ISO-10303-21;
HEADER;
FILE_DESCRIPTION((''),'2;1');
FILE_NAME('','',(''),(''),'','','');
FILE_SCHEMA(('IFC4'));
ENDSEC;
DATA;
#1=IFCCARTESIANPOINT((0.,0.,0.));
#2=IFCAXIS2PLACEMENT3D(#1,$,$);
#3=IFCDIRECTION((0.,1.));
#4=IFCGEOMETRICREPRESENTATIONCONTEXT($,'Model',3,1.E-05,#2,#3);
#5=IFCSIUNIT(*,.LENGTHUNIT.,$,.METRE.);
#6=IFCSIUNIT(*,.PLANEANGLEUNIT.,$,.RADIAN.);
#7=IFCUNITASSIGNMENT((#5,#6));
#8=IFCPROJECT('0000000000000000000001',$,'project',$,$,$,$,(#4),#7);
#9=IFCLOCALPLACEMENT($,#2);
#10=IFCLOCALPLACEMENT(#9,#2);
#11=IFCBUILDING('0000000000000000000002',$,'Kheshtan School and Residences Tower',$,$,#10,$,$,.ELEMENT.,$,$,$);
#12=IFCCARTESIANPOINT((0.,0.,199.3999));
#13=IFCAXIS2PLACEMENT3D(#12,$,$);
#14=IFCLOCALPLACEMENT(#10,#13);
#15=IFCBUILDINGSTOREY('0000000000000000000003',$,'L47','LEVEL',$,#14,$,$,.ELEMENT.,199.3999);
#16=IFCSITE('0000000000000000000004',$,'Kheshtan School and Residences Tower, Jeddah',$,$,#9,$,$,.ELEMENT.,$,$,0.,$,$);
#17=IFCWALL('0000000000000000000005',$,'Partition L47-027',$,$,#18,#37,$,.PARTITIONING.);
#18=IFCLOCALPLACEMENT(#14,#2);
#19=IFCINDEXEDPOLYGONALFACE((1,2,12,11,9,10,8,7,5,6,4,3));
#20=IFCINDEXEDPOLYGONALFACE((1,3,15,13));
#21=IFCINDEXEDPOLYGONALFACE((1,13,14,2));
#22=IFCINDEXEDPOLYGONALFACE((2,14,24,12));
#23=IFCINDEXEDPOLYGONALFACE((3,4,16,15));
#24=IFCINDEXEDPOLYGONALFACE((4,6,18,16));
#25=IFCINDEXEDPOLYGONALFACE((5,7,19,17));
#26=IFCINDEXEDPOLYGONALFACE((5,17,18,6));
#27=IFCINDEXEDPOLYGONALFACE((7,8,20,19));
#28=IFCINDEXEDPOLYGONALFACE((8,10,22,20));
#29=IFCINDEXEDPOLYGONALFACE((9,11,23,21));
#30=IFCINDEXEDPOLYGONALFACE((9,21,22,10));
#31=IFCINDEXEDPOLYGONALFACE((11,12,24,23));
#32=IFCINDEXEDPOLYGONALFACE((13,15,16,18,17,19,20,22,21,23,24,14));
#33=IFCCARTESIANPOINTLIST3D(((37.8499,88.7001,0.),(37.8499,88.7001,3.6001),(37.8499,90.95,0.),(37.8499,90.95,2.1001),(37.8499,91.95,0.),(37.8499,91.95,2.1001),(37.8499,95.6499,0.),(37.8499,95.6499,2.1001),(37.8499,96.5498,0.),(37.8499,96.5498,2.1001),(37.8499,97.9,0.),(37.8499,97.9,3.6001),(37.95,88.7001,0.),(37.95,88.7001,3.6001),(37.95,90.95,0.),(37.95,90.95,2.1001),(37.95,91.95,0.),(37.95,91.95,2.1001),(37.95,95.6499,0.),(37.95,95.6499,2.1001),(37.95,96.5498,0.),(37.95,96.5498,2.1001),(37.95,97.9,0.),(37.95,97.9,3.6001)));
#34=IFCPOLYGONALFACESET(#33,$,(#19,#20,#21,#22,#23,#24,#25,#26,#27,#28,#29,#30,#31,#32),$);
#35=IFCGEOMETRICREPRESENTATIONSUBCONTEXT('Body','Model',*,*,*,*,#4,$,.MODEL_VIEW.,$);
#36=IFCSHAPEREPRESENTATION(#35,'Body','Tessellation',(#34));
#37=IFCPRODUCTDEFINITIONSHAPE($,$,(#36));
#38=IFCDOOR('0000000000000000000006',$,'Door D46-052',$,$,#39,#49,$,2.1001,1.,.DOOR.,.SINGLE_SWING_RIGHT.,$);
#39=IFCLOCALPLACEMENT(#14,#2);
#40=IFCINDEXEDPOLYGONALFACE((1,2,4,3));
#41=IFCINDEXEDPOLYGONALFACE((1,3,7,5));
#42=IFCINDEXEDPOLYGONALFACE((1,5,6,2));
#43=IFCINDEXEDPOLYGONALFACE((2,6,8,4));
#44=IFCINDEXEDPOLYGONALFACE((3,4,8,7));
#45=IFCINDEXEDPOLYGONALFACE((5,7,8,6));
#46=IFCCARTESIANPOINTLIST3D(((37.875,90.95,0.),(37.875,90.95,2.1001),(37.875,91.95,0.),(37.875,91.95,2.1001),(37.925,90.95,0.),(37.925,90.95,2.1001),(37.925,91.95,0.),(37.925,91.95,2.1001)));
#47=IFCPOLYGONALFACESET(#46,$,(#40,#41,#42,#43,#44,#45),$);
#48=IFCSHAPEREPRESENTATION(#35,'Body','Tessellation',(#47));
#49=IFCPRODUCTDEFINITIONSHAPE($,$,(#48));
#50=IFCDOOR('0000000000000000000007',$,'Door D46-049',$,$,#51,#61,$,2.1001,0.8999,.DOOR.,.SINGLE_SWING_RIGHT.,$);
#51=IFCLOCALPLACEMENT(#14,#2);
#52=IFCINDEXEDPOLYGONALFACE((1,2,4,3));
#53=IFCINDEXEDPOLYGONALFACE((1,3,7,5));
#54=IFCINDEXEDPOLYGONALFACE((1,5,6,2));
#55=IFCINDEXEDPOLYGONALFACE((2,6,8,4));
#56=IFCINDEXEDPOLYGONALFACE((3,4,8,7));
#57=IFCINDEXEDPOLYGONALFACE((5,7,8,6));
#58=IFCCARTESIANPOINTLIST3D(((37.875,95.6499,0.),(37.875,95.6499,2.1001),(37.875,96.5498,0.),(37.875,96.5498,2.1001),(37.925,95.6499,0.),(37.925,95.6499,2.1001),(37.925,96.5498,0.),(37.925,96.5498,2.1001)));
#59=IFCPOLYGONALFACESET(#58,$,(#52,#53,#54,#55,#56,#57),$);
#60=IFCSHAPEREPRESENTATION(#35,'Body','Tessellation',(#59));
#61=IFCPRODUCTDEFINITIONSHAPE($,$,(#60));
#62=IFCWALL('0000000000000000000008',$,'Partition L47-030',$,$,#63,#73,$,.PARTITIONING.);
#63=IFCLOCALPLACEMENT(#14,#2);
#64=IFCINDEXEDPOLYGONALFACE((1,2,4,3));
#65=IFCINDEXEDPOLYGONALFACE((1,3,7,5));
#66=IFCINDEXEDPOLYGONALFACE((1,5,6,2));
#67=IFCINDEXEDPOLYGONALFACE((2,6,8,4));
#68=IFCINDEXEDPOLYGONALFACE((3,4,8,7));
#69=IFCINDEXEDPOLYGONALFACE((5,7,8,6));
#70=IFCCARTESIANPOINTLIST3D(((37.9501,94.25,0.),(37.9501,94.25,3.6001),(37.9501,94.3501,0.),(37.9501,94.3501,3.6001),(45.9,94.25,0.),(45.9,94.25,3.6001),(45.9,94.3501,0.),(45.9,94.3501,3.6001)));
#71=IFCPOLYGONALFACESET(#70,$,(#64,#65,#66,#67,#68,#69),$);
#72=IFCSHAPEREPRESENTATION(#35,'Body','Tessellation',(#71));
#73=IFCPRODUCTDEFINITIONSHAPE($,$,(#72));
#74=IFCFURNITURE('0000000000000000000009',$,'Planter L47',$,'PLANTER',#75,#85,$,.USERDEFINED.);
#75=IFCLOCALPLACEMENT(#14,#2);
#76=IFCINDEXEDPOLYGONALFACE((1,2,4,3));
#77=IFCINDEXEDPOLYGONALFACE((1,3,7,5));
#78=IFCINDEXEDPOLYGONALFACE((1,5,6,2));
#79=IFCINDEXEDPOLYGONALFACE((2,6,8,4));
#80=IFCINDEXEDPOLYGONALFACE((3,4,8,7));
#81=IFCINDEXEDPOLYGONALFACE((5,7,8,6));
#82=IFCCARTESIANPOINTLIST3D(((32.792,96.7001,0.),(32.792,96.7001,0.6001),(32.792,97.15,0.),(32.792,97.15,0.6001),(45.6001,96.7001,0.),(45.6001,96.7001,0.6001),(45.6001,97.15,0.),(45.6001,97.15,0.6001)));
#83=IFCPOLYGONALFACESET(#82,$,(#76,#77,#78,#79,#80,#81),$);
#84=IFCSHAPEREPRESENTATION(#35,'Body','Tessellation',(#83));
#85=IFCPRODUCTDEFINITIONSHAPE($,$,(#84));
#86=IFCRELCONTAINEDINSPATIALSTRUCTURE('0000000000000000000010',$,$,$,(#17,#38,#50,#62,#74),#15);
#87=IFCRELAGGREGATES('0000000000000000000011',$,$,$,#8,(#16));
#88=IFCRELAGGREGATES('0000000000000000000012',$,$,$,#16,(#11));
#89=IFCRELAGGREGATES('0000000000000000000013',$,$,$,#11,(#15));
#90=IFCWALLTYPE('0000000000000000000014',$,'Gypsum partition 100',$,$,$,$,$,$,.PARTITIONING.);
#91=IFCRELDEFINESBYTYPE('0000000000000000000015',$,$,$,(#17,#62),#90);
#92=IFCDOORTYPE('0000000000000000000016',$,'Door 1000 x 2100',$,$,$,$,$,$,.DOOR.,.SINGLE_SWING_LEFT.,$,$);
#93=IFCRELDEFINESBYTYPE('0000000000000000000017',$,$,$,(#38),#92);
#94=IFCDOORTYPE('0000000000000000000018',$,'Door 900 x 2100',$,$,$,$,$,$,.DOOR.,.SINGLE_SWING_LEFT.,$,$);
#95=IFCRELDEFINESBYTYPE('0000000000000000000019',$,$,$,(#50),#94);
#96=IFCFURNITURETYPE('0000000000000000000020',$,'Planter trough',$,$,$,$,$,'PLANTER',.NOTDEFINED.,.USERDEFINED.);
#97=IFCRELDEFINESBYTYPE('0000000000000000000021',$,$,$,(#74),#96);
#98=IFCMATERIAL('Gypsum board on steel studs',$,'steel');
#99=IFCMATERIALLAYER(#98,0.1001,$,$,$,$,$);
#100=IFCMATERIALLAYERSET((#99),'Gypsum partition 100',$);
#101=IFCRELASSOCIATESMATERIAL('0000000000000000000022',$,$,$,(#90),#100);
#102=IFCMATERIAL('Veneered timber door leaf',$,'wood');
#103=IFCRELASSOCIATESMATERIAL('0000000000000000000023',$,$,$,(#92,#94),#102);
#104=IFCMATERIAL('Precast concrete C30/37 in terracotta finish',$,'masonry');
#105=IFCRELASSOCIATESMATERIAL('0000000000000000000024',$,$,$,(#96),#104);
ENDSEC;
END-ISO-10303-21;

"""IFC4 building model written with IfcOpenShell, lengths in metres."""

from ifc_helpers import new_model, si_unit, direction, frame, frame_2d, origin, origin_2d, place, context, subcontext, project, spatial, rectangle, extrude, source, transform, mapped, material, layer, layer_set, type_object, element, fill, save


model = new_model("IFC4")

# Units and contexts
model_context = context("Model", 3, precision=1e-05, world=origin(), true_north=direction((0.0, 1.0)))
body_context = subcontext(model_context, "Body", "Model", "MODEL_VIEW")
ifc_project = project(units=[si_unit("LENGTHUNIT", "METRE"), si_unit("PLANEANGLEUNIT", "RADIAN")], contexts=[model_context])

# Site, building, storey
site_placement = place(None, origin())
site = spatial("IfcSite", under=ifc_project, at=site_placement, Name="Kheshtan School and Residences Tower, Jeddah", CompositionType="ELEMENT", RefElevation=0.0)
building_placement = place(site_placement, origin())
building = spatial("IfcBuilding", under=site, at=building_placement, Name="Kheshtan School and Residences Tower", CompositionType="ELEMENT")
storey_placement = place(building_placement, frame((0.0, 0.0, 199.3999)))
storey = spatial("IfcBuildingStorey", under=building, at=storey_placement, Name="L47", Description="LEVEL", CompositionType="ELEMENT", Elevation=199.3999)

# Wall, openings, doors
ifc_material_1 = material(Name="Gypsum board on steel studs", Category="steel")
ifc_layer_1 = layer(ifc_material_1, 0.1001)
ifc_layer_set_1 = layer_set([ifc_layer_1], Name="Gypsum partition 100")
wall_type_1 = type_object("IfcWallType", Name="Gypsum partition 100", PredefinedType="PARTITIONING", material=ifc_layer_set_1)
wall_1_placement = place(storey_placement, frame((37.8999, 88.7, 0.0), z_axis=(0.0, 0.0, 1.0), x_axis=(0.0, 1.0, 0.0)))
wall_1 = element("IfcWall", 1, at=wall_1_placement, inside=storey, type_object=wall_type_1, Name="Partition L47-027", PredefinedType="PARTITIONING", context=body_context, shape_type="SweptSolid", body=[
    extrude(rectangle(XDim=9.2, YDim=0.1001, at=frame_2d((4.6001, 0.0))), origin(), (0.0, 0.0, 1.0), 3.6001),
])
opening_1_placement = place(wall_1_placement, frame((6.95, 0.0, 0.0)))
opening_1 = element("IfcOpeningElement", 2, at=opening_1_placement, cuts=wall_1, PredefinedType="OPENING", context=body_context, shape_type="SweptSolid", body=[
    extrude(rectangle(XDim=0.8999, YDim=2.1001, at=frame_2d((0.45, 1.05))), frame((0.0, 0.0601, 0.0), z_axis=(0.0, -1.0, 0.0), x_axis=(1.0, 0.0, 0.0)), (0.0, 0.0, 1.0), 0.1201),
])
opening_2_placement = place(wall_1_placement, frame((2.25, 0.0, 0.0)))
opening_2 = element("IfcOpeningElement", 3, at=opening_2_placement, cuts=wall_1, PredefinedType="OPENING", context=body_context, shape_type="SweptSolid", body=[
    extrude(rectangle(XDim=1.0, YDim=2.1001, at=frame_2d((0.5, 1.05))), frame((0.0, 0.0601, 0.0), z_axis=(0.0, -1.0, 0.0), x_axis=(1.0, 0.0, 0.0)), (0.0, 0.0, 1.0), 0.1201),
])
ifc_material_2 = material(Name="Veneered timber door leaf", Category="wood")
door_type_1 = type_object("IfcDoorType", Name="Door 1000 x 2100", OperationType="SINGLE_SWING_LEFT", PredefinedType="DOOR", material=ifc_material_2)
shared_shape_1 = source(origin(), body_context, "Body", "SweptSolid", [
    extrude(rectangle(XDim=1.0, YDim=2.1001, at=frame_2d((0.5, 1.05))), frame((0.0, 0.0249, 0.0), z_axis=(0.0, -1.0, 0.0), x_axis=(1.0, 0.0, 0.0)), (0.0, 0.0, 1.0), 0.05),
])
door_1_placement = place(opening_2_placement, origin())
door_1 = element("IfcDoor", 4, at=door_1_placement, inside=storey, type_object=door_type_1, Name="Door D46-052", OperationType="SINGLE_SWING_RIGHT", OverallHeight=2.1001, OverallWidth=1.0, PredefinedType="DOOR", context=body_context, shape_type="MappedRepresentation", body=[
    mapped(shared_shape_1, transform((0.0, 0.0, 0.0), x_axis=(1.0, 0.0, 0.0), y_axis=(0.0, 1.0, 0.0), z_axis=(0.0, 0.0, 1.0), scale=1.0)),
])
fill(opening_2, door_1)
door_type_2 = type_object("IfcDoorType", Name="Door 900 x 2100", OperationType="SINGLE_SWING_LEFT", PredefinedType="DOOR", material=ifc_material_2)
shared_shape_2 = source(origin(), body_context, "Body", "SweptSolid", [
    extrude(rectangle(XDim=0.8999, YDim=2.1001, at=frame_2d((0.45, 1.05))), frame((0.0, 0.0249, 0.0), z_axis=(0.0, -1.0, 0.0), x_axis=(1.0, 0.0, 0.0)), (0.0, 0.0, 1.0), 0.05),
])
door_2_placement = place(opening_1_placement, origin())
door_2 = element("IfcDoor", 5, at=door_2_placement, inside=storey, type_object=door_type_2, Name="Door D46-049", OperationType="SINGLE_SWING_RIGHT", OverallHeight=2.1001, OverallWidth=0.8999, PredefinedType="DOOR", context=body_context, shape_type="MappedRepresentation", body=[
    mapped(shared_shape_2, transform((0.0, 0.0, 0.0), x_axis=(1.0, 0.0, 0.0), y_axis=(0.0, 1.0, 0.0), z_axis=(0.0, 0.0, 1.0), scale=1.0)),
])
fill(opening_1, door_2)

# Wall
wall_2_placement = place(storey_placement, frame((37.95, 94.3, 0.0), z_axis=(0.0, 0.0, 1.0), x_axis=(1.0, 0.0, 0.0)))
element("IfcWall", 6, at=wall_2_placement, inside=storey, type_object=wall_type_1, Name="Partition L47-030", PredefinedType="PARTITIONING", context=body_context, shape_type="SweptSolid", body=[
    extrude(rectangle(XDim=7.95, YDim=0.1001, at=frame_2d((3.9751, 0.0))), origin(), (0.0, 0.0, 1.0), 3.6001),
])

# Furniture
ifc_material_3 = material(Name="Precast concrete C30/37 in terracotta finish", Category="masonry")
furniture_type = type_object("IfcFurnitureType", Name="Planter trough", ElementType="PLANTER", AssemblyPlace="NOTDEFINED", PredefinedType="USERDEFINED", material=ifc_material_3)
furniture_placement = place(storey_placement, frame((39.196, 96.925, 0.0), z_axis=(0.0, 0.0, 1.0), x_axis=(1.0, 0.0, 0.0)))
element("IfcFurniture", 7, at=furniture_placement, inside=storey, type_object=furniture_type, Name="Planter L47", ObjectType="PLANTER", PredefinedType="USERDEFINED", context=body_context, shape_type="SweptSolid", body=[
    extrude(rectangle(XDim=12.8081, YDim=0.45, at=origin_2d()), origin(), (0.0, 0.0, 1.0), 0.6001),
])

save(model, "model.ifc")
